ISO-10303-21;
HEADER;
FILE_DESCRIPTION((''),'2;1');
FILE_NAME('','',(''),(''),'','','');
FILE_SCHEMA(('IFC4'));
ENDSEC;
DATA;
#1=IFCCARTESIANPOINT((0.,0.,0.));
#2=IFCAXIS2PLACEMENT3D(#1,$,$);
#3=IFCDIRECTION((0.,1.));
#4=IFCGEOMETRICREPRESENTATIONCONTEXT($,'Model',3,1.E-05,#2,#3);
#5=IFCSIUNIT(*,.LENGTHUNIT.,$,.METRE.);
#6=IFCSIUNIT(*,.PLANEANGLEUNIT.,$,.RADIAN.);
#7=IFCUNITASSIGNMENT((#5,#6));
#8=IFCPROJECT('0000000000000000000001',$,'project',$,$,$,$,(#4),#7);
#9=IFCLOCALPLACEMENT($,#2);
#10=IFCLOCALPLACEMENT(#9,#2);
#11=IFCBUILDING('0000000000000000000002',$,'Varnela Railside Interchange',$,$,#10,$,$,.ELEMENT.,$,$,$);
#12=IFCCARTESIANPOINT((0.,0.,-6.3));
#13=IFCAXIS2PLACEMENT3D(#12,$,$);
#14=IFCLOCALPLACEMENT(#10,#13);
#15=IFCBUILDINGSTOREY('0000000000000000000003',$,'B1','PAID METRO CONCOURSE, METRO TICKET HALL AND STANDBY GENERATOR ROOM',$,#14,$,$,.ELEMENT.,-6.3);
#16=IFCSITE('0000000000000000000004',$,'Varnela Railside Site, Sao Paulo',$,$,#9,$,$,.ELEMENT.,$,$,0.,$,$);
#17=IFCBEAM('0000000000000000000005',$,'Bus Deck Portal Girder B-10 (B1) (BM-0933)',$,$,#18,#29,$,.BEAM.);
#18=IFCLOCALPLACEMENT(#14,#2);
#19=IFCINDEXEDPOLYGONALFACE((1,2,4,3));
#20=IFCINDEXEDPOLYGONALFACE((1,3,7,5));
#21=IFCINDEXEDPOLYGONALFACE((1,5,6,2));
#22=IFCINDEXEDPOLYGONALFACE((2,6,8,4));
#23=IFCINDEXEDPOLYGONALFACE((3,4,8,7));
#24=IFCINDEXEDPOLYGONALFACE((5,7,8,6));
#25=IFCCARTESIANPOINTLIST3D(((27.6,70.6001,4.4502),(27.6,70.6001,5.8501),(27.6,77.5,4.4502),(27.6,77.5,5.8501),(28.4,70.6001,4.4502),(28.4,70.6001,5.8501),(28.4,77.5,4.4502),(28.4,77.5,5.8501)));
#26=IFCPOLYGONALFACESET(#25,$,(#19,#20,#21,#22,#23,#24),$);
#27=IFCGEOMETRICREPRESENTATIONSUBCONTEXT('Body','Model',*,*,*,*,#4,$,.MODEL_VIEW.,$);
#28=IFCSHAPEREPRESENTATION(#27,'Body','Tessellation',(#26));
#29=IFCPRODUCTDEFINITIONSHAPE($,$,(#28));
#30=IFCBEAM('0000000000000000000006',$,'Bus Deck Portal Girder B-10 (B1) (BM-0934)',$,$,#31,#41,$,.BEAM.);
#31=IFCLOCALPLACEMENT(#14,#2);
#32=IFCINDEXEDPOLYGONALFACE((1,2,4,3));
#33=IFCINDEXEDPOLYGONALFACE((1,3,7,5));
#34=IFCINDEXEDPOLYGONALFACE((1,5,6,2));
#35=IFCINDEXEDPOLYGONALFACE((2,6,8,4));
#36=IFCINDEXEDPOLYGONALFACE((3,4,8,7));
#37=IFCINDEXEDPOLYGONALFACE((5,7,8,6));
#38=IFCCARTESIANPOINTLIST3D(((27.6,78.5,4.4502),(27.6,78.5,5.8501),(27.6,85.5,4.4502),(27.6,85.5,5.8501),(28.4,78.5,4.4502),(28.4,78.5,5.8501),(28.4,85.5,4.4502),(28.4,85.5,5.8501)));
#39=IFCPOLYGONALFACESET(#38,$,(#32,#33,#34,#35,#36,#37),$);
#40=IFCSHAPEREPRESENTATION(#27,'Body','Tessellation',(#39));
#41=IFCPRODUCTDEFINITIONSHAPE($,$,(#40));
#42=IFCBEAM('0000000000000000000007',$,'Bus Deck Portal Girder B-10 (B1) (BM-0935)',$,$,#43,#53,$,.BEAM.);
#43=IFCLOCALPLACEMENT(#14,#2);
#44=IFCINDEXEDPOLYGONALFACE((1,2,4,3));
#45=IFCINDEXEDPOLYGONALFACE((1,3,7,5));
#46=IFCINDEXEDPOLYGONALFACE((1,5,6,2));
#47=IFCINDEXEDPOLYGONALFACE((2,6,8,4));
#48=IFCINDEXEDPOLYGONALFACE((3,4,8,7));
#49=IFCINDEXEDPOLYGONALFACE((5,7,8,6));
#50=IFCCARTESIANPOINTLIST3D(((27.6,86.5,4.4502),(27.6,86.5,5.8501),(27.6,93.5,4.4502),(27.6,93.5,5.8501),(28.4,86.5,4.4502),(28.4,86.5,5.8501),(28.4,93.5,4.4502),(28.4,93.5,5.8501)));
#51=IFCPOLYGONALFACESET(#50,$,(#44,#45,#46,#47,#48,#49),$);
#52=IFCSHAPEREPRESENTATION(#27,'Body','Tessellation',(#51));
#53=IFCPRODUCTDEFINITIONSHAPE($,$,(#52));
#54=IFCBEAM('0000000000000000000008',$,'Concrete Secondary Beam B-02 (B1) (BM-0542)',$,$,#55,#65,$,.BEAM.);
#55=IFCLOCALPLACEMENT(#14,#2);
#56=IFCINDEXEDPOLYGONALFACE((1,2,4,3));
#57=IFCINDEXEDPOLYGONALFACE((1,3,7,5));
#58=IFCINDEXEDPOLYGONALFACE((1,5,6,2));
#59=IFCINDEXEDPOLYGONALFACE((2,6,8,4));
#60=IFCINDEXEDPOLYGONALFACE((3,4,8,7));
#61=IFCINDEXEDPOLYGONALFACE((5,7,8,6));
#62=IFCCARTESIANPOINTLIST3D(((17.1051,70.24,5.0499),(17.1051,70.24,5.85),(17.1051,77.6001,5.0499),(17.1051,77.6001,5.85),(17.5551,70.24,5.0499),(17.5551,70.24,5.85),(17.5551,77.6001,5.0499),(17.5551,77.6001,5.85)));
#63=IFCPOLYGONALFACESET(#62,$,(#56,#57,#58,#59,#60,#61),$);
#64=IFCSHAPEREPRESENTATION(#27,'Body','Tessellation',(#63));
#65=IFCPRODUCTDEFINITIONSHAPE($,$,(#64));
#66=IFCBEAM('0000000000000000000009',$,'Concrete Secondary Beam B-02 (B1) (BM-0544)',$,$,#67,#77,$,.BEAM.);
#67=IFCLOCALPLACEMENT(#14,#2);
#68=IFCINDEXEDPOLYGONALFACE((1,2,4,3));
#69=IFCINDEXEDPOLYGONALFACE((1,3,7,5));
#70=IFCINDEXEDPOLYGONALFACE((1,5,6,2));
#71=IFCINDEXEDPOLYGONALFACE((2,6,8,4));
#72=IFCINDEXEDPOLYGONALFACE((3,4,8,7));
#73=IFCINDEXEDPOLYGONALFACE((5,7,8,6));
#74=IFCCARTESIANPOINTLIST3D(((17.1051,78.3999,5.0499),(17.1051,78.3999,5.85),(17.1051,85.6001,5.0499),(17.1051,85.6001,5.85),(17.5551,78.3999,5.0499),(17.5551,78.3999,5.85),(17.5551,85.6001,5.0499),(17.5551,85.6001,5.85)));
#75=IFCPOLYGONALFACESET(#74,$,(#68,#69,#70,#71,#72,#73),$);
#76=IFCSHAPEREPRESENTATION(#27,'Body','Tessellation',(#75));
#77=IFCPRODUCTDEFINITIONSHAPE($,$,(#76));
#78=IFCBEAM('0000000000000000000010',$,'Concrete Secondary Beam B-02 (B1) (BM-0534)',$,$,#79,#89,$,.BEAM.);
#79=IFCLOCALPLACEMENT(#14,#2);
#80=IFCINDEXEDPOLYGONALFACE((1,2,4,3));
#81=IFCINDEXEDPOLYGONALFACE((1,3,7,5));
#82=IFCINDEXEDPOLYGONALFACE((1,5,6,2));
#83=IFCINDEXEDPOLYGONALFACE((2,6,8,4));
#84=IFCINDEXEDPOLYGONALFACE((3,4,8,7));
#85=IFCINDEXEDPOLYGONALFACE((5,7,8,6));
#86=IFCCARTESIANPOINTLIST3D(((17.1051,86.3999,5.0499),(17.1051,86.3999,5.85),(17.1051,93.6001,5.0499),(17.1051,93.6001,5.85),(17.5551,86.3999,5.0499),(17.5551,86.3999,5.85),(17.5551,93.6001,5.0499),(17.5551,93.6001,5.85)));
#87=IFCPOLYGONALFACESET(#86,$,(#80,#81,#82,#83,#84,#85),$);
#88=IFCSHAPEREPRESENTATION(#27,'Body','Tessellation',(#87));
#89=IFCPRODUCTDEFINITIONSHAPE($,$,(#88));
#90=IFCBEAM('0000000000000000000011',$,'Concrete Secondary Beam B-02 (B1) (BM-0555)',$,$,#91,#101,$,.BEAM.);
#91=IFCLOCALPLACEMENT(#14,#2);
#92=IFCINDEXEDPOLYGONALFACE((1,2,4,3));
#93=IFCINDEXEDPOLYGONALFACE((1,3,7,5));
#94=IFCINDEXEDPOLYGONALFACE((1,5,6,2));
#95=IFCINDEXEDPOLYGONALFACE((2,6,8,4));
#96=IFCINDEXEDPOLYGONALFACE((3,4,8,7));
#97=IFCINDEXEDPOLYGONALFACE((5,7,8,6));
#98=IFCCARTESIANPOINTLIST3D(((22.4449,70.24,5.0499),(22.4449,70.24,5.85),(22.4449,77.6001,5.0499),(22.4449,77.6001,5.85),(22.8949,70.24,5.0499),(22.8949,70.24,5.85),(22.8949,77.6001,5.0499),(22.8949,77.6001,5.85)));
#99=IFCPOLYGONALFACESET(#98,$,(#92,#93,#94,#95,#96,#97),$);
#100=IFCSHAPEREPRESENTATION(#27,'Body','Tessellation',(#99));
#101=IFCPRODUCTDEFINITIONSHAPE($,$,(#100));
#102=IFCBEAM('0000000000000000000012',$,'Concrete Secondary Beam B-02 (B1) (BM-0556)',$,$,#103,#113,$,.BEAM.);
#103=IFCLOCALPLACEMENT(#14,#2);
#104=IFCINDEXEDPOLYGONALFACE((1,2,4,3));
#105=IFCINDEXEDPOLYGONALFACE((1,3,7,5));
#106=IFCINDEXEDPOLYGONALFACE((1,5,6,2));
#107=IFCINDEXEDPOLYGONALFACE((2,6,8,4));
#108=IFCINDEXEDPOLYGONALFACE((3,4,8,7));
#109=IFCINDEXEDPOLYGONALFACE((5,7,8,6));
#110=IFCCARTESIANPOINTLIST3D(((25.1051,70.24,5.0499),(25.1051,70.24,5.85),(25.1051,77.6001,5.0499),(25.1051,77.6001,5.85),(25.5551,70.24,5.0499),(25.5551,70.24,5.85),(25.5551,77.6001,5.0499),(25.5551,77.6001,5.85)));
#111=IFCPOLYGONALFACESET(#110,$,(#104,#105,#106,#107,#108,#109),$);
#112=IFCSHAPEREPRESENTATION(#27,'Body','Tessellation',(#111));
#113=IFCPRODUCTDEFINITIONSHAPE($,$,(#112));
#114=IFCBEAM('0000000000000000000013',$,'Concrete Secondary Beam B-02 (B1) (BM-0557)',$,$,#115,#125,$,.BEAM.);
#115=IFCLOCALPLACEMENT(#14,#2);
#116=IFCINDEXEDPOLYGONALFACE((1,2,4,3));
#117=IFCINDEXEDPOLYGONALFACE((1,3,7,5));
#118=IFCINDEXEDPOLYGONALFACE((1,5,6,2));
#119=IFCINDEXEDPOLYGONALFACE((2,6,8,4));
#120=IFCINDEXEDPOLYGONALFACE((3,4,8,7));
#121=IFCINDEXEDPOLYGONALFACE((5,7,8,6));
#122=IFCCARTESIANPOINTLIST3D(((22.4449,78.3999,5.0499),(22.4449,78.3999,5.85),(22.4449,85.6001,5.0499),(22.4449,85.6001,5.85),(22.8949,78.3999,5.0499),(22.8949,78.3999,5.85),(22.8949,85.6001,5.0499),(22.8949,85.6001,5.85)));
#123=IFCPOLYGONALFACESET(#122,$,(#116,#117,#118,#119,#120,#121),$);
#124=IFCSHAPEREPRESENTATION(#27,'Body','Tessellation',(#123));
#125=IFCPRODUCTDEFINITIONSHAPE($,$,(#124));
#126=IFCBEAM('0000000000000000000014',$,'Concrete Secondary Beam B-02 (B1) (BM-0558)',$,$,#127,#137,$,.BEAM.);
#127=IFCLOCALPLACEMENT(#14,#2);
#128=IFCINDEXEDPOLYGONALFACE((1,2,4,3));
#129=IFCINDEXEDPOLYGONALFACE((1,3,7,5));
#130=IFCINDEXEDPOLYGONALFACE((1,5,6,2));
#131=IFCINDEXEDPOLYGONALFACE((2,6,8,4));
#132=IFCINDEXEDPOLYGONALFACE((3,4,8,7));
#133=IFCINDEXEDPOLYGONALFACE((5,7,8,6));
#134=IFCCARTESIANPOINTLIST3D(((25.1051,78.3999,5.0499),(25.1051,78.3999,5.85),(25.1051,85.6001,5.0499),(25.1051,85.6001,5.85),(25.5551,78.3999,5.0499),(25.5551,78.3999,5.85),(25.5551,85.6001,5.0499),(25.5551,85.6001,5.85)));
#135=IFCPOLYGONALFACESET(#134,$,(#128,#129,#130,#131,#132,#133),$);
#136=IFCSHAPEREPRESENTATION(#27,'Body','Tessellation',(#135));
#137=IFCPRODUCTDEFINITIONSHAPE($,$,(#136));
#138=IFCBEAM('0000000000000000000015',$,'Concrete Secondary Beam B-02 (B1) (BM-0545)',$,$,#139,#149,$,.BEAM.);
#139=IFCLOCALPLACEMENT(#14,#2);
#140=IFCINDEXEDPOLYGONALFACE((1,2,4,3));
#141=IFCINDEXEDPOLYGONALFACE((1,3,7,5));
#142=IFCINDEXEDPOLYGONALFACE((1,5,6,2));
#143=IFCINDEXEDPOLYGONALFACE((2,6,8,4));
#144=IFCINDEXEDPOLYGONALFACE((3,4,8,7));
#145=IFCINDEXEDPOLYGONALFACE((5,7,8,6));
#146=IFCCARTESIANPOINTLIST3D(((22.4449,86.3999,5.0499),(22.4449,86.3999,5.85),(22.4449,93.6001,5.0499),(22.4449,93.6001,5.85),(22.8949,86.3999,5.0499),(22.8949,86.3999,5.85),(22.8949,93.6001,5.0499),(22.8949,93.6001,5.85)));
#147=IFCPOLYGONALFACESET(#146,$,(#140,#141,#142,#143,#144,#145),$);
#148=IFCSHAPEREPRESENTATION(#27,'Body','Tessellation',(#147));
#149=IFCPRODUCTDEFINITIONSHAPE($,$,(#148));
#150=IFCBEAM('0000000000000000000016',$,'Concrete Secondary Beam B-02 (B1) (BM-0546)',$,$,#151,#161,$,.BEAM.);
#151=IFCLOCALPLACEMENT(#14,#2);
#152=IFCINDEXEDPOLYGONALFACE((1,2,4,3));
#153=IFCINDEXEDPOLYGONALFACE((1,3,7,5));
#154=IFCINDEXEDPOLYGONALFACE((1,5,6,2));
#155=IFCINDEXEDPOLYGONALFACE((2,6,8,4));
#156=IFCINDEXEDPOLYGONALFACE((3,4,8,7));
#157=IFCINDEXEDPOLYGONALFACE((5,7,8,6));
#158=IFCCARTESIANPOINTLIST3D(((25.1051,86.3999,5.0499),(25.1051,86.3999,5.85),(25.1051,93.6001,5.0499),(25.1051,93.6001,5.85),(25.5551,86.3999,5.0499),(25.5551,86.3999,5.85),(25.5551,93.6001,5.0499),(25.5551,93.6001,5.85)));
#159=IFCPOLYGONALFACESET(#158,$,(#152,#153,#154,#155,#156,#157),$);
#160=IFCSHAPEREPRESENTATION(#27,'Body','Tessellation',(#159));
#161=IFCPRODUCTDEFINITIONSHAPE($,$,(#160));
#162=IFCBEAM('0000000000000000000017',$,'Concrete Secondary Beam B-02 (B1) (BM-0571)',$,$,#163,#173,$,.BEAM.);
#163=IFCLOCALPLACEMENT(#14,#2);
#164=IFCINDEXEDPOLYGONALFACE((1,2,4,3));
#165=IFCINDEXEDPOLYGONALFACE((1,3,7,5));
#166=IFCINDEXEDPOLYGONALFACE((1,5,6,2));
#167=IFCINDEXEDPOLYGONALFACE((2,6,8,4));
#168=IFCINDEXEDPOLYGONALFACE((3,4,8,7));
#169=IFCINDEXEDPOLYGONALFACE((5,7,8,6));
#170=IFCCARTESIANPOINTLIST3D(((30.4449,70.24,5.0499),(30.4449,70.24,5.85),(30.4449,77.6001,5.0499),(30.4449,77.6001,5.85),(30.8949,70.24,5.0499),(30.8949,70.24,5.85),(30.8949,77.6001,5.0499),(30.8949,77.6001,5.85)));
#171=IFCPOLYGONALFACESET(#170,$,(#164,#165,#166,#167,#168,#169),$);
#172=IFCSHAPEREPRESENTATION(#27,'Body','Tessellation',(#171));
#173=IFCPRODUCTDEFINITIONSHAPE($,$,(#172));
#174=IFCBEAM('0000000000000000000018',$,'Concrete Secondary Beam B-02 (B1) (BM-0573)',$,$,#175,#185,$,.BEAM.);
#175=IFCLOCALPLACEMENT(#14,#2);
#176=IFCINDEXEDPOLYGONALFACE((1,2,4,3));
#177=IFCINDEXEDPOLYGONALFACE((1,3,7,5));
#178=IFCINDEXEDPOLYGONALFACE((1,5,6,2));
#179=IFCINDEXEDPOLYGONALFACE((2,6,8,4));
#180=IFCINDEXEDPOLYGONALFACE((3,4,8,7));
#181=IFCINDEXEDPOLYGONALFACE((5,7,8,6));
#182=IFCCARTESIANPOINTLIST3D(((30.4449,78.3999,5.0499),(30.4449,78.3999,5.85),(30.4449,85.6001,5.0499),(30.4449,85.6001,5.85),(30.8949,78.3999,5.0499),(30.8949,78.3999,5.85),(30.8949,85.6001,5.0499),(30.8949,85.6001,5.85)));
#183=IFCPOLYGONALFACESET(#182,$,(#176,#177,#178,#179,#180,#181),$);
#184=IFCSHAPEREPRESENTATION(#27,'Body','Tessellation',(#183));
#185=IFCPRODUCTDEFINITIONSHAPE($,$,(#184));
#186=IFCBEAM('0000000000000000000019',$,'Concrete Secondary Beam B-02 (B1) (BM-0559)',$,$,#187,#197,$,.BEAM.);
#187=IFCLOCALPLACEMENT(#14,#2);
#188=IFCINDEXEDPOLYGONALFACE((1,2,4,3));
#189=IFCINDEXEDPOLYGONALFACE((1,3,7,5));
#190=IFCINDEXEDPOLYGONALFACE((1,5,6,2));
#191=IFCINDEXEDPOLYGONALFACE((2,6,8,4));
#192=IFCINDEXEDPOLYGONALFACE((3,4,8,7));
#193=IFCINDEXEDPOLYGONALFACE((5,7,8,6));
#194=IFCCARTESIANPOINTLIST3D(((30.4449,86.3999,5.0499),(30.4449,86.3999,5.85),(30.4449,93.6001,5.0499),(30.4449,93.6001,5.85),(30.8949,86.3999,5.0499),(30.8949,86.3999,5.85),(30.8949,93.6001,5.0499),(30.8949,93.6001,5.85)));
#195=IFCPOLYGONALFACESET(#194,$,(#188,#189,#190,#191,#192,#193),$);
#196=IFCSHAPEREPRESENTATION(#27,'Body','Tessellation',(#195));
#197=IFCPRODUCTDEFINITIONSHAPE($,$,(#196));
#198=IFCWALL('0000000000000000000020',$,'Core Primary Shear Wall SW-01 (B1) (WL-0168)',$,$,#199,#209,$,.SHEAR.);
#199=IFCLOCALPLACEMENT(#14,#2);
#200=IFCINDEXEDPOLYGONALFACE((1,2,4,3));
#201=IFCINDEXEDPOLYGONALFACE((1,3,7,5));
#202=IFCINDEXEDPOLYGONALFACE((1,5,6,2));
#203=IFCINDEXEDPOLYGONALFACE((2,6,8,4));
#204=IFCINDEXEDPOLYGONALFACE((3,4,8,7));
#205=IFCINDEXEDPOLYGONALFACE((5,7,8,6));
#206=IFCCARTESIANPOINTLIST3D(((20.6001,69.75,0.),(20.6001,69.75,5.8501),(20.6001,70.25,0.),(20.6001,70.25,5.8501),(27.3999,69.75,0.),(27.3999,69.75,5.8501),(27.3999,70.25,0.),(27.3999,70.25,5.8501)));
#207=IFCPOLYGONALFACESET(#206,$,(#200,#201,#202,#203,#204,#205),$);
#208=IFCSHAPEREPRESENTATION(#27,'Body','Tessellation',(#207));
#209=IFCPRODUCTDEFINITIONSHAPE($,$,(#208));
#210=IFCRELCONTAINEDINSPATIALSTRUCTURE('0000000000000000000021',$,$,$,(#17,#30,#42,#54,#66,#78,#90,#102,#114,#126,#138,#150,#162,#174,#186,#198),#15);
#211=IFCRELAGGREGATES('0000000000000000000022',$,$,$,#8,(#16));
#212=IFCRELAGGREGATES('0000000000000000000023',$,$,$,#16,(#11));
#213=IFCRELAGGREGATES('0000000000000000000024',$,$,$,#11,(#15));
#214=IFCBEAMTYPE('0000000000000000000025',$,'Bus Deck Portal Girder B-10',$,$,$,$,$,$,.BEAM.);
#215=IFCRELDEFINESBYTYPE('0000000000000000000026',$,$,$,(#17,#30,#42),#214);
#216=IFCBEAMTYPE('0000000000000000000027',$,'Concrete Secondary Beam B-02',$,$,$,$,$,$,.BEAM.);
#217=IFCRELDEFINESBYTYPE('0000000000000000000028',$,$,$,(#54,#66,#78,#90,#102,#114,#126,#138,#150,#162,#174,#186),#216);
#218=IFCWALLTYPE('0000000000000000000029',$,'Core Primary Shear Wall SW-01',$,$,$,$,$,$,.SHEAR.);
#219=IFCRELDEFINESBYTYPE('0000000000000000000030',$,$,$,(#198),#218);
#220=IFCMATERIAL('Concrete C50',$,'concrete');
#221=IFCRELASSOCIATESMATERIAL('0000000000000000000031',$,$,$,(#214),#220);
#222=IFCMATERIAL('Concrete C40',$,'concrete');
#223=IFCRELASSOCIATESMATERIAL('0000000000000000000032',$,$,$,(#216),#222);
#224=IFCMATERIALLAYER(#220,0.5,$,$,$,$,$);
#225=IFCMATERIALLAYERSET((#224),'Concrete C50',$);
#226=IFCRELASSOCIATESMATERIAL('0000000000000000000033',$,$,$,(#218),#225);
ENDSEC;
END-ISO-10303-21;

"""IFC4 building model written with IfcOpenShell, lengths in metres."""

from ifc_helpers import new_model, si_unit, direction, frame, frame_2d, origin, origin_2d, place, context, subcontext, project, spatial, rectangle, extrude, material, layer, layer_set, material_profile, profile_set, type_object, element, save


model = new_model("IFC4")

# Units and contexts
model_context = context("Model", 3, precision=1e-05, world=origin(), true_north=direction((0.0, 1.0)))
body_context = subcontext(model_context, "Body", "Model", "MODEL_VIEW")
ifc_project = project(units=[si_unit("LENGTHUNIT", "METRE"), si_unit("PLANEANGLEUNIT", "RADIAN")], contexts=[model_context])

# Site, building, storey
site_placement = place(None, origin())
site = spatial("IfcSite", under=ifc_project, at=site_placement, Name="Varnela Railside Site, Sao Paulo", CompositionType="ELEMENT", RefElevation=0.0)
building_placement = place(site_placement, origin())
building = spatial("IfcBuilding", under=site, at=building_placement, Name="Varnela Railside Interchange", CompositionType="ELEMENT")
storey_placement = place(building_placement, frame((0.0, 0.0, -6.3)))
storey = spatial("IfcBuildingStorey", under=building, at=storey_placement, Name="B1", Description="PAID METRO CONCOURSE, METRO TICKET HALL AND STANDBY GENERATOR ROOM", CompositionType="ELEMENT", Elevation=-6.3)

# Shared definitions
ifc_material_1 = material(Name="Concrete C50", Category="concrete")

# Beams
ifc_material_profile_1 = material_profile(ifc_material_1, rectangle(XDim=0.8, YDim=1.3999, at=origin_2d()), Name="RC 800x1400")
ifc_profile_set_1 = profile_set([ifc_material_profile_1], Name="Concrete C50")
beam_type_1 = type_object("IfcBeamType", Name="Bus Deck Portal Girder B-10", PredefinedType="BEAM", material=ifc_profile_set_1)
beam_1_placement = place(storey_placement, frame((28.0, 70.6001, 5.1501), z_axis=(0.0, 1.0, 0.0), x_axis=(-1.0, 0.0, 0.0)))
element("IfcBeam", 1, at=beam_1_placement, inside=storey, type_object=beam_type_1, Name="Bus Deck Portal Girder B-10 (B1) (BM-0933)", PredefinedType="BEAM", context=body_context, shape_type="SweptSolid", body=[
    extrude(rectangle(XDim=0.8, YDim=1.3999, at=origin_2d()), origin(), (0.0, 0.0, 1.0), 6.8999),
])
for number, where, z_axis, x_axis, name in (
    (2, (28.0, 78.5, 5.1501), (0.0, 1.0, 0.0), (-1.0, 0.0, 0.0), "Bus Deck Portal Girder B-10 (B1) (BM-0934)"),
    (3, (28.0, 86.5, 5.1501), (0.0, 1.0, 0.0), (-1.0, 0.0, 0.0), "Bus Deck Portal Girder B-10 (B1) (BM-0935)"),
):
    element("IfcBeam", number, at=place(storey_placement, frame(where, z_axis=z_axis, x_axis=x_axis)), inside=storey, type_object=beam_type_1, Name=name, PredefinedType="BEAM", context=body_context, shape_type="SweptSolid", body=[
        extrude(rectangle(XDim=0.8, YDim=1.3999, at=origin_2d()), origin(), (0.0, 0.0, 1.0), 7.0),
    ])
ifc_material_2 = material(Name="Concrete C40", Category="concrete")
ifc_material_profile_2 = material_profile(ifc_material_2, rectangle(XDim=0.45, YDim=0.8, at=origin_2d()), Name="RC 450x800")
ifc_profile_set_2 = profile_set([ifc_material_profile_2], Name="Concrete C40")
beam_type_2 = type_object("IfcBeamType", Name="Concrete Secondary Beam B-02", PredefinedType="BEAM", material=ifc_profile_set_2)
beam_2_placement = place(storey_placement, frame((17.3301, 70.24, 5.45), z_axis=(0.0, 1.0, 0.0), x_axis=(-1.0, 0.0, 0.0)))
element("IfcBeam", 4, at=beam_2_placement, inside=storey, type_object=beam_type_2, Name="Concrete Secondary Beam B-02 (B1) (BM-0542)", PredefinedType="BEAM", context=body_context, shape_type="SweptSolid", body=[
    extrude(rectangle(XDim=0.45, YDim=0.8, at=origin_2d()), origin(), (0.0, 0.0, 1.0), 7.3601),
])
for number, where, z_axis, x_axis, name in (
    (5, (17.3301, 78.3999, 5.45), (0.0, 1.0, 0.0), (-1.0, 0.0, 0.0), "Concrete Secondary Beam B-02 (B1) (BM-0544)"),
    (6, (17.3301, 86.3999, 5.45), (0.0, 1.0, 0.0), (-1.0, 0.0, 0.0), "Concrete Secondary Beam B-02 (B1) (BM-0534)"),
):
    element("IfcBeam", number, at=place(storey_placement, frame(where, z_axis=z_axis, x_axis=x_axis)), inside=storey, type_object=beam_type_2, Name=name, PredefinedType="BEAM", context=body_context, shape_type="SweptSolid", body=[
        extrude(rectangle(XDim=0.45, YDim=0.8, at=origin_2d()), origin(), (0.0, 0.0, 1.0), 7.2002),
    ])
for number, where, z_axis, x_axis, name in (
    (7, (22.6699, 70.24, 5.45), (0.0, 1.0, 0.0), (-1.0, 0.0, 0.0), "Concrete Secondary Beam B-02 (B1) (BM-0555)"),
    (8, (25.3301, 70.24, 5.45), (0.0, 1.0, 0.0), (-1.0, 0.0, 0.0), "Concrete Secondary Beam B-02 (B1) (BM-0556)"),
):
    element("IfcBeam", number, at=place(storey_placement, frame(where, z_axis=z_axis, x_axis=x_axis)), inside=storey, type_object=beam_type_2, Name=name, PredefinedType="BEAM", context=body_context, shape_type="SweptSolid", body=[
        extrude(rectangle(XDim=0.45, YDim=0.8, at=origin_2d()), origin(), (0.0, 0.0, 1.0), 7.3601),
    ])
for number, where, z_axis, x_axis, name in (
    (9, (22.6699, 78.3999, 5.45), (0.0, 1.0, 0.0), (-1.0, 0.0, 0.0), "Concrete Secondary Beam B-02 (B1) (BM-0557)"),
    (10, (25.3301, 78.3999, 5.45), (0.0, 1.0, 0.0), (-1.0, 0.0, 0.0), "Concrete Secondary Beam B-02 (B1) (BM-0558)"),
    (11, (22.6699, 86.3999, 5.45), (0.0, 1.0, 0.0), (-1.0, 0.0, 0.0), "Concrete Secondary Beam B-02 (B1) (BM-0545)"),
    (12, (25.3301, 86.3999, 5.45), (0.0, 1.0, 0.0), (-1.0, 0.0, 0.0), "Concrete Secondary Beam B-02 (B1) (BM-0546)"),
):
    element("IfcBeam", number, at=place(storey_placement, frame(where, z_axis=z_axis, x_axis=x_axis)), inside=storey, type_object=beam_type_2, Name=name, PredefinedType="BEAM", context=body_context, shape_type="SweptSolid", body=[
        extrude(rectangle(XDim=0.45, YDim=0.8, at=origin_2d()), origin(), (0.0, 0.0, 1.0), 7.2002),
    ])
beam_3_placement = place(storey_placement, frame((30.6699, 70.24, 5.45), z_axis=(0.0, 1.0, 0.0), x_axis=(-1.0, 0.0, 0.0)))
element("IfcBeam", 13, at=beam_3_placement, inside=storey, type_object=beam_type_2, Name="Concrete Secondary Beam B-02 (B1) (BM-0571)", PredefinedType="BEAM", context=body_context, shape_type="SweptSolid", body=[
    extrude(rectangle(XDim=0.45, YDim=0.8, at=origin_2d()), origin(), (0.0, 0.0, 1.0), 7.3601),
])
for number, where, z_axis, x_axis, name in (
    (14, (30.6699, 78.3999, 5.45), (0.0, 1.0, 0.0), (-1.0, 0.0, 0.0), "Concrete Secondary Beam B-02 (B1) (BM-0573)"),
    (15, (30.6699, 86.3999, 5.45), (0.0, 1.0, 0.0), (-1.0, 0.0, 0.0), "Concrete Secondary Beam B-02 (B1) (BM-0559)"),
):
    element("IfcBeam", number, at=place(storey_placement, frame(where, z_axis=z_axis, x_axis=x_axis)), inside=storey, type_object=beam_type_2, Name=name, PredefinedType="BEAM", context=body_context, shape_type="SweptSolid", body=[
        extrude(rectangle(XDim=0.45, YDim=0.8, at=origin_2d()), origin(), (0.0, 0.0, 1.0), 7.2002),
    ])

# Wall
ifc_layer_1 = layer(ifc_material_1, 0.5)
ifc_layer_set_1 = layer_set([ifc_layer_1], Name="Concrete C50")
wall_type_1 = type_object("IfcWallType", Name="Core Primary Shear Wall SW-01", PredefinedType="SHEAR", material=ifc_layer_set_1)
for number, where, z_axis, x_axis, name in (
    (16, (20.6001, 70.0, 0.0), (0.0, 0.0, 1.0), (1.0, 0.0, 0.0), "Core Primary Shear Wall SW-01 (B1) (WL-0168)"),
):
    element("IfcWall", number, at=place(storey_placement, frame(where, z_axis=z_axis, x_axis=x_axis)), inside=storey, type_object=wall_type_1, Name=name, PredefinedType="SHEAR", context=body_context, shape_type="SweptSolid", body=[
        extrude(rectangle(XDim=6.7998, YDim=0.5, at=frame_2d((3.3999, 0.0))), origin(), (0.0, 0.0, 1.0), 5.8501),
    ])

save(model, "model.ifc")
